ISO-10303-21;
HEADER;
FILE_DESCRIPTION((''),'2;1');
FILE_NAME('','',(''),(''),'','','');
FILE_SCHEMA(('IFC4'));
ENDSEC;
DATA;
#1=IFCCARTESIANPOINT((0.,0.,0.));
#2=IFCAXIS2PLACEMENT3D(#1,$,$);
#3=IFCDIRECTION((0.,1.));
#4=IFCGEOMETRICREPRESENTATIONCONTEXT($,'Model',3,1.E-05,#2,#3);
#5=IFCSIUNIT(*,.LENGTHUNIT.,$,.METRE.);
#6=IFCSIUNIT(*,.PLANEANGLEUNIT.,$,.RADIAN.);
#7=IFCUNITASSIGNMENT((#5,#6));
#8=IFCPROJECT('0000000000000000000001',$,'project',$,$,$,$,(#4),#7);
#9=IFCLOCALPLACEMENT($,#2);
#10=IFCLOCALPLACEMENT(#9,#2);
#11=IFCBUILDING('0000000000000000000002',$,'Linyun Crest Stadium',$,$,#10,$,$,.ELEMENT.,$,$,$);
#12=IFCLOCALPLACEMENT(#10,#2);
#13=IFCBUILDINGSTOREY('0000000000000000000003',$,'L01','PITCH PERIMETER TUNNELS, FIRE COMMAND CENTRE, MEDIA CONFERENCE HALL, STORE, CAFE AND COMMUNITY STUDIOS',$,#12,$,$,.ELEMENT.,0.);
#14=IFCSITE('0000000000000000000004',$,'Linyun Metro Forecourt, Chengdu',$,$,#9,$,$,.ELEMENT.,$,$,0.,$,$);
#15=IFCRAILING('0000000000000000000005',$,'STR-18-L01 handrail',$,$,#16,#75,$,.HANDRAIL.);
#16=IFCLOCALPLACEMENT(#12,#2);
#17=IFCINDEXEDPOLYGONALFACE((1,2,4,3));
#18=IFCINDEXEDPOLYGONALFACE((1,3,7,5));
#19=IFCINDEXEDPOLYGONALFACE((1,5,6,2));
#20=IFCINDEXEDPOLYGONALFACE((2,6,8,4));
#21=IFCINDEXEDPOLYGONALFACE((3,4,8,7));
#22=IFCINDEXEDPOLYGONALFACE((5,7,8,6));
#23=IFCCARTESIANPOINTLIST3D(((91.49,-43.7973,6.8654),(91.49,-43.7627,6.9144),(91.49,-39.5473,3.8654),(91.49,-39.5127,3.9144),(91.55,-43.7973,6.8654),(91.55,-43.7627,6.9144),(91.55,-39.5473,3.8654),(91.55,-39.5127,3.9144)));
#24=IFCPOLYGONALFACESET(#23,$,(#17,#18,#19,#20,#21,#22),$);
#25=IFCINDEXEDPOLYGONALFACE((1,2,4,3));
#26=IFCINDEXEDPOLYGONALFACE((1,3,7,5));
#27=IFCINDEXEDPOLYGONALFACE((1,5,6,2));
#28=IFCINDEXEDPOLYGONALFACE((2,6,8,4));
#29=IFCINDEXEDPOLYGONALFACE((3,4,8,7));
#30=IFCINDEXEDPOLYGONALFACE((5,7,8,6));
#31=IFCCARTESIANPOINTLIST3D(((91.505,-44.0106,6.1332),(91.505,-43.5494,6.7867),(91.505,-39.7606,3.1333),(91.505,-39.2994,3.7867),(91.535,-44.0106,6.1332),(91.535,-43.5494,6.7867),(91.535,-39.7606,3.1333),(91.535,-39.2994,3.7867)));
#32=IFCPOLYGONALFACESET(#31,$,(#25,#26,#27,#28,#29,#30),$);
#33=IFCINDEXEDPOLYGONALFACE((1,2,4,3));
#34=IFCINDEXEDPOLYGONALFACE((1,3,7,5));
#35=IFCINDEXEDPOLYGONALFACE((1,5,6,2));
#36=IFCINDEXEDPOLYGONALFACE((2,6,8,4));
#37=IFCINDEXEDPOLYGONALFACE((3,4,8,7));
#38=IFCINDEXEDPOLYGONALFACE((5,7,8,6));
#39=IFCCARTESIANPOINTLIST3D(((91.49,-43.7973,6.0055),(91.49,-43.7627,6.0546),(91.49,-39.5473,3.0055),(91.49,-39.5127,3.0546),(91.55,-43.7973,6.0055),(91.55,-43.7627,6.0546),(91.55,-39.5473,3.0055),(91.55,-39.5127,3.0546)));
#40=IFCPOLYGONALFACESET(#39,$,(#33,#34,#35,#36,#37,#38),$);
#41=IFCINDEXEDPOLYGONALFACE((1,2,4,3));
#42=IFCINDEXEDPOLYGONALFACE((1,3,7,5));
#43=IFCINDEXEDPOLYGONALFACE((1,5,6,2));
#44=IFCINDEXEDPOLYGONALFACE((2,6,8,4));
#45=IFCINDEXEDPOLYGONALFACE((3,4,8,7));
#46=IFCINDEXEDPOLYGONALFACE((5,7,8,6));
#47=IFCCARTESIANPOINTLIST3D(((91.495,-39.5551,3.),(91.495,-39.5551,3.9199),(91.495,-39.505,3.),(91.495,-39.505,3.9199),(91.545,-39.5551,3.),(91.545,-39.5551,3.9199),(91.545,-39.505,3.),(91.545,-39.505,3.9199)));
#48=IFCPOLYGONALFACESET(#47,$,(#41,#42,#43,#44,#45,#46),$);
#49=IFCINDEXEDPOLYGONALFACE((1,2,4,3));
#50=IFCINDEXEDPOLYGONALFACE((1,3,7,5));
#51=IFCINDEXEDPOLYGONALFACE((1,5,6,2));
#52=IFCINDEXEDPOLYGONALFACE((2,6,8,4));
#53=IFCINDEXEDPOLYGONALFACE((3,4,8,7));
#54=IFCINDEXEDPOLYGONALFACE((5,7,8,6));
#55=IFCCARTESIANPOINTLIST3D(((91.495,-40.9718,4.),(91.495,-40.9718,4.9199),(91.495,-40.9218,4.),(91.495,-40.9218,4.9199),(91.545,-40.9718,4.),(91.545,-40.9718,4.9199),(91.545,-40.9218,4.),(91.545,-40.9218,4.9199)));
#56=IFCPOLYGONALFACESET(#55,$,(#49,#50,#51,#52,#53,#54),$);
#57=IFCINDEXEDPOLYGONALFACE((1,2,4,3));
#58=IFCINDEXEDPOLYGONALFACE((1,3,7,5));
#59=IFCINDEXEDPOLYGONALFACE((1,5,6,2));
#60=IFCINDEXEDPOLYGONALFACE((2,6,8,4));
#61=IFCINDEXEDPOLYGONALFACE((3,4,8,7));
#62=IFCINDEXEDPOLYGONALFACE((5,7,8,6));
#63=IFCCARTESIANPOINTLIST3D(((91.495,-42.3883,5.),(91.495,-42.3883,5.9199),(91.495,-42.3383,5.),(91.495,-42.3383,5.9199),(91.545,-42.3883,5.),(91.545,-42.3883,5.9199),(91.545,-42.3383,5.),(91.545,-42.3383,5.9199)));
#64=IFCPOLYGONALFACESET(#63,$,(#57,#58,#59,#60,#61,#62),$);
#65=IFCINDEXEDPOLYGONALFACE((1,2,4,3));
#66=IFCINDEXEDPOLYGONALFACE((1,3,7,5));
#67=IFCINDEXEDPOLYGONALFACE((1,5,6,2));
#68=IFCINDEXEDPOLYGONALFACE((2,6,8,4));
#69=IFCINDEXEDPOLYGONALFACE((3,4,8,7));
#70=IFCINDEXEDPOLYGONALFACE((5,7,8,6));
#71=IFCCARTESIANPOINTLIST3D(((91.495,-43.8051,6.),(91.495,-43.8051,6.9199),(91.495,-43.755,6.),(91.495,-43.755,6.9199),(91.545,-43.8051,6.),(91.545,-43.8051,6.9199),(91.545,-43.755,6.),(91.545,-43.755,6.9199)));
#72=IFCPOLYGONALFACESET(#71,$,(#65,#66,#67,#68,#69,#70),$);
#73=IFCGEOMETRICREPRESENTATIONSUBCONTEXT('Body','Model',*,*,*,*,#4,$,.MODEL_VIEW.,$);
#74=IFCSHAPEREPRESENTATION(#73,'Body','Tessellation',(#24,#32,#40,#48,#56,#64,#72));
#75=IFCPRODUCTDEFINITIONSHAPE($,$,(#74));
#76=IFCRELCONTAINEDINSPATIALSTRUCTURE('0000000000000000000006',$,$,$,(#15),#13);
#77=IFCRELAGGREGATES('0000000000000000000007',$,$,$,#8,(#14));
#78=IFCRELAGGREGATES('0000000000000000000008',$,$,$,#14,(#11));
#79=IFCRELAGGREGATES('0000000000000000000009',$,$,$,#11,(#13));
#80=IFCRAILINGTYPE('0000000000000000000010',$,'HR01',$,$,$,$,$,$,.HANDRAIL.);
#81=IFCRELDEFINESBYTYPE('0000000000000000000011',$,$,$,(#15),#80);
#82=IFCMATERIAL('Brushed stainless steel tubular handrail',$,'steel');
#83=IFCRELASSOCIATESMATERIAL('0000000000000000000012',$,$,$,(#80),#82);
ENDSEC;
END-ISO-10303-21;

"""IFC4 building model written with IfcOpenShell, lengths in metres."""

from ifc_helpers import new_model, si_unit, direction, frame, origin, origin_2d, place, context, subcontext, project, spatial, rectangle, extrude, material, type_object, element, save


model = new_model("IFC4")

# Units and contexts
model_context = context("Model", 3, precision=1e-05, world=origin(), true_north=direction((0.0, 1.0)))
body_context = subcontext(model_context, "Body", "Model", "MODEL_VIEW")
ifc_project = project(units=[si_unit("LENGTHUNIT", "METRE"), si_unit("PLANEANGLEUNIT", "RADIAN")], contexts=[model_context])

# Site, building, storey
site_placement = place(None, origin())
site = spatial("IfcSite", under=ifc_project, at=site_placement, Name="Linyun Metro Forecourt, Chengdu", CompositionType="ELEMENT", RefElevation=0.0)
building_placement = place(site_placement, origin())
building = spatial("IfcBuilding", under=site, at=building_placement, Name="Linyun Crest Stadium", CompositionType="ELEMENT")
storey_placement = place(building_placement, origin())
storey = spatial("IfcBuildingStorey", under=building, at=storey_placement, Name="L01", Description="PITCH PERIMETER TUNNELS, FIRE COMMAND CENTRE, MEDIA CONFERENCE HALL, STORE, CAFE AND COMMUNITY STUDIOS", CompositionType="ELEMENT", Elevation=0.0)

# Railing
ifc_material_1 = material(Name="Brushed stainless steel tubular handrail", Category="steel")
railing_type_1 = type_object("IfcRailingType", Name="HR01", PredefinedType="HANDRAIL", material=ifc_material_1)
railing_1_placement = place(storey_placement, frame((91.52, -39.53, 3.0)))
element("IfcRailing", 1, at=railing_1_placement, inside=storey, type_object=railing_type_1, Name="STR-18-L01 handrail", PredefinedType="HANDRAIL", context=body_context, shape_type="SweptSolid", body=[
    extrude(rectangle(XDim=0.0601, YDim=0.0601, at=origin_2d()), frame((0.0, 0.0, 0.8899), z_axis=(0.0, -0.816968, 0.576683), x_axis=(1.0, 0.0, 0.0)), (0.0, 0.0, 1.0), 5.2021),
    extrude(rectangle(XDim=0.03, YDim=0.7998, at=origin_2d()), frame((0.0, 0.0, 0.46), z_axis=(0.0, -0.816968, 0.576683), x_axis=(1.0, 0.0, 0.0)), (0.0, 0.0, 1.0), 5.2021),
    extrude(rectangle(XDim=0.0601, YDim=0.0601, at=origin_2d()), frame((0.0, 0.0, 0.03), z_axis=(0.0, -0.816968, 0.576683), x_axis=(1.0, 0.0, 0.0)), (0.0, 0.0, 1.0), 5.2021),
    extrude(rectangle(XDim=0.05, YDim=0.05, at=origin_2d()), origin(), (0.0, 0.0, 1.0), 0.9199),
    extrude(rectangle(XDim=0.05, YDim=0.05, at=origin_2d()), frame((0.0, -1.4167, 1.0)), (0.0, 0.0, 1.0), 0.9199),
    extrude(rectangle(XDim=0.05, YDim=0.05, at=origin_2d()), frame((0.0, -2.8333, 2.0)), (0.0, 0.0, 1.0), 0.9199),
    extrude(rectangle(XDim=0.05, YDim=0.05, at=origin_2d()), frame((0.0, -4.25, 3.0)), (0.0, 0.0, 1.0), 0.9199),
])

save(model, "model.ifc")
